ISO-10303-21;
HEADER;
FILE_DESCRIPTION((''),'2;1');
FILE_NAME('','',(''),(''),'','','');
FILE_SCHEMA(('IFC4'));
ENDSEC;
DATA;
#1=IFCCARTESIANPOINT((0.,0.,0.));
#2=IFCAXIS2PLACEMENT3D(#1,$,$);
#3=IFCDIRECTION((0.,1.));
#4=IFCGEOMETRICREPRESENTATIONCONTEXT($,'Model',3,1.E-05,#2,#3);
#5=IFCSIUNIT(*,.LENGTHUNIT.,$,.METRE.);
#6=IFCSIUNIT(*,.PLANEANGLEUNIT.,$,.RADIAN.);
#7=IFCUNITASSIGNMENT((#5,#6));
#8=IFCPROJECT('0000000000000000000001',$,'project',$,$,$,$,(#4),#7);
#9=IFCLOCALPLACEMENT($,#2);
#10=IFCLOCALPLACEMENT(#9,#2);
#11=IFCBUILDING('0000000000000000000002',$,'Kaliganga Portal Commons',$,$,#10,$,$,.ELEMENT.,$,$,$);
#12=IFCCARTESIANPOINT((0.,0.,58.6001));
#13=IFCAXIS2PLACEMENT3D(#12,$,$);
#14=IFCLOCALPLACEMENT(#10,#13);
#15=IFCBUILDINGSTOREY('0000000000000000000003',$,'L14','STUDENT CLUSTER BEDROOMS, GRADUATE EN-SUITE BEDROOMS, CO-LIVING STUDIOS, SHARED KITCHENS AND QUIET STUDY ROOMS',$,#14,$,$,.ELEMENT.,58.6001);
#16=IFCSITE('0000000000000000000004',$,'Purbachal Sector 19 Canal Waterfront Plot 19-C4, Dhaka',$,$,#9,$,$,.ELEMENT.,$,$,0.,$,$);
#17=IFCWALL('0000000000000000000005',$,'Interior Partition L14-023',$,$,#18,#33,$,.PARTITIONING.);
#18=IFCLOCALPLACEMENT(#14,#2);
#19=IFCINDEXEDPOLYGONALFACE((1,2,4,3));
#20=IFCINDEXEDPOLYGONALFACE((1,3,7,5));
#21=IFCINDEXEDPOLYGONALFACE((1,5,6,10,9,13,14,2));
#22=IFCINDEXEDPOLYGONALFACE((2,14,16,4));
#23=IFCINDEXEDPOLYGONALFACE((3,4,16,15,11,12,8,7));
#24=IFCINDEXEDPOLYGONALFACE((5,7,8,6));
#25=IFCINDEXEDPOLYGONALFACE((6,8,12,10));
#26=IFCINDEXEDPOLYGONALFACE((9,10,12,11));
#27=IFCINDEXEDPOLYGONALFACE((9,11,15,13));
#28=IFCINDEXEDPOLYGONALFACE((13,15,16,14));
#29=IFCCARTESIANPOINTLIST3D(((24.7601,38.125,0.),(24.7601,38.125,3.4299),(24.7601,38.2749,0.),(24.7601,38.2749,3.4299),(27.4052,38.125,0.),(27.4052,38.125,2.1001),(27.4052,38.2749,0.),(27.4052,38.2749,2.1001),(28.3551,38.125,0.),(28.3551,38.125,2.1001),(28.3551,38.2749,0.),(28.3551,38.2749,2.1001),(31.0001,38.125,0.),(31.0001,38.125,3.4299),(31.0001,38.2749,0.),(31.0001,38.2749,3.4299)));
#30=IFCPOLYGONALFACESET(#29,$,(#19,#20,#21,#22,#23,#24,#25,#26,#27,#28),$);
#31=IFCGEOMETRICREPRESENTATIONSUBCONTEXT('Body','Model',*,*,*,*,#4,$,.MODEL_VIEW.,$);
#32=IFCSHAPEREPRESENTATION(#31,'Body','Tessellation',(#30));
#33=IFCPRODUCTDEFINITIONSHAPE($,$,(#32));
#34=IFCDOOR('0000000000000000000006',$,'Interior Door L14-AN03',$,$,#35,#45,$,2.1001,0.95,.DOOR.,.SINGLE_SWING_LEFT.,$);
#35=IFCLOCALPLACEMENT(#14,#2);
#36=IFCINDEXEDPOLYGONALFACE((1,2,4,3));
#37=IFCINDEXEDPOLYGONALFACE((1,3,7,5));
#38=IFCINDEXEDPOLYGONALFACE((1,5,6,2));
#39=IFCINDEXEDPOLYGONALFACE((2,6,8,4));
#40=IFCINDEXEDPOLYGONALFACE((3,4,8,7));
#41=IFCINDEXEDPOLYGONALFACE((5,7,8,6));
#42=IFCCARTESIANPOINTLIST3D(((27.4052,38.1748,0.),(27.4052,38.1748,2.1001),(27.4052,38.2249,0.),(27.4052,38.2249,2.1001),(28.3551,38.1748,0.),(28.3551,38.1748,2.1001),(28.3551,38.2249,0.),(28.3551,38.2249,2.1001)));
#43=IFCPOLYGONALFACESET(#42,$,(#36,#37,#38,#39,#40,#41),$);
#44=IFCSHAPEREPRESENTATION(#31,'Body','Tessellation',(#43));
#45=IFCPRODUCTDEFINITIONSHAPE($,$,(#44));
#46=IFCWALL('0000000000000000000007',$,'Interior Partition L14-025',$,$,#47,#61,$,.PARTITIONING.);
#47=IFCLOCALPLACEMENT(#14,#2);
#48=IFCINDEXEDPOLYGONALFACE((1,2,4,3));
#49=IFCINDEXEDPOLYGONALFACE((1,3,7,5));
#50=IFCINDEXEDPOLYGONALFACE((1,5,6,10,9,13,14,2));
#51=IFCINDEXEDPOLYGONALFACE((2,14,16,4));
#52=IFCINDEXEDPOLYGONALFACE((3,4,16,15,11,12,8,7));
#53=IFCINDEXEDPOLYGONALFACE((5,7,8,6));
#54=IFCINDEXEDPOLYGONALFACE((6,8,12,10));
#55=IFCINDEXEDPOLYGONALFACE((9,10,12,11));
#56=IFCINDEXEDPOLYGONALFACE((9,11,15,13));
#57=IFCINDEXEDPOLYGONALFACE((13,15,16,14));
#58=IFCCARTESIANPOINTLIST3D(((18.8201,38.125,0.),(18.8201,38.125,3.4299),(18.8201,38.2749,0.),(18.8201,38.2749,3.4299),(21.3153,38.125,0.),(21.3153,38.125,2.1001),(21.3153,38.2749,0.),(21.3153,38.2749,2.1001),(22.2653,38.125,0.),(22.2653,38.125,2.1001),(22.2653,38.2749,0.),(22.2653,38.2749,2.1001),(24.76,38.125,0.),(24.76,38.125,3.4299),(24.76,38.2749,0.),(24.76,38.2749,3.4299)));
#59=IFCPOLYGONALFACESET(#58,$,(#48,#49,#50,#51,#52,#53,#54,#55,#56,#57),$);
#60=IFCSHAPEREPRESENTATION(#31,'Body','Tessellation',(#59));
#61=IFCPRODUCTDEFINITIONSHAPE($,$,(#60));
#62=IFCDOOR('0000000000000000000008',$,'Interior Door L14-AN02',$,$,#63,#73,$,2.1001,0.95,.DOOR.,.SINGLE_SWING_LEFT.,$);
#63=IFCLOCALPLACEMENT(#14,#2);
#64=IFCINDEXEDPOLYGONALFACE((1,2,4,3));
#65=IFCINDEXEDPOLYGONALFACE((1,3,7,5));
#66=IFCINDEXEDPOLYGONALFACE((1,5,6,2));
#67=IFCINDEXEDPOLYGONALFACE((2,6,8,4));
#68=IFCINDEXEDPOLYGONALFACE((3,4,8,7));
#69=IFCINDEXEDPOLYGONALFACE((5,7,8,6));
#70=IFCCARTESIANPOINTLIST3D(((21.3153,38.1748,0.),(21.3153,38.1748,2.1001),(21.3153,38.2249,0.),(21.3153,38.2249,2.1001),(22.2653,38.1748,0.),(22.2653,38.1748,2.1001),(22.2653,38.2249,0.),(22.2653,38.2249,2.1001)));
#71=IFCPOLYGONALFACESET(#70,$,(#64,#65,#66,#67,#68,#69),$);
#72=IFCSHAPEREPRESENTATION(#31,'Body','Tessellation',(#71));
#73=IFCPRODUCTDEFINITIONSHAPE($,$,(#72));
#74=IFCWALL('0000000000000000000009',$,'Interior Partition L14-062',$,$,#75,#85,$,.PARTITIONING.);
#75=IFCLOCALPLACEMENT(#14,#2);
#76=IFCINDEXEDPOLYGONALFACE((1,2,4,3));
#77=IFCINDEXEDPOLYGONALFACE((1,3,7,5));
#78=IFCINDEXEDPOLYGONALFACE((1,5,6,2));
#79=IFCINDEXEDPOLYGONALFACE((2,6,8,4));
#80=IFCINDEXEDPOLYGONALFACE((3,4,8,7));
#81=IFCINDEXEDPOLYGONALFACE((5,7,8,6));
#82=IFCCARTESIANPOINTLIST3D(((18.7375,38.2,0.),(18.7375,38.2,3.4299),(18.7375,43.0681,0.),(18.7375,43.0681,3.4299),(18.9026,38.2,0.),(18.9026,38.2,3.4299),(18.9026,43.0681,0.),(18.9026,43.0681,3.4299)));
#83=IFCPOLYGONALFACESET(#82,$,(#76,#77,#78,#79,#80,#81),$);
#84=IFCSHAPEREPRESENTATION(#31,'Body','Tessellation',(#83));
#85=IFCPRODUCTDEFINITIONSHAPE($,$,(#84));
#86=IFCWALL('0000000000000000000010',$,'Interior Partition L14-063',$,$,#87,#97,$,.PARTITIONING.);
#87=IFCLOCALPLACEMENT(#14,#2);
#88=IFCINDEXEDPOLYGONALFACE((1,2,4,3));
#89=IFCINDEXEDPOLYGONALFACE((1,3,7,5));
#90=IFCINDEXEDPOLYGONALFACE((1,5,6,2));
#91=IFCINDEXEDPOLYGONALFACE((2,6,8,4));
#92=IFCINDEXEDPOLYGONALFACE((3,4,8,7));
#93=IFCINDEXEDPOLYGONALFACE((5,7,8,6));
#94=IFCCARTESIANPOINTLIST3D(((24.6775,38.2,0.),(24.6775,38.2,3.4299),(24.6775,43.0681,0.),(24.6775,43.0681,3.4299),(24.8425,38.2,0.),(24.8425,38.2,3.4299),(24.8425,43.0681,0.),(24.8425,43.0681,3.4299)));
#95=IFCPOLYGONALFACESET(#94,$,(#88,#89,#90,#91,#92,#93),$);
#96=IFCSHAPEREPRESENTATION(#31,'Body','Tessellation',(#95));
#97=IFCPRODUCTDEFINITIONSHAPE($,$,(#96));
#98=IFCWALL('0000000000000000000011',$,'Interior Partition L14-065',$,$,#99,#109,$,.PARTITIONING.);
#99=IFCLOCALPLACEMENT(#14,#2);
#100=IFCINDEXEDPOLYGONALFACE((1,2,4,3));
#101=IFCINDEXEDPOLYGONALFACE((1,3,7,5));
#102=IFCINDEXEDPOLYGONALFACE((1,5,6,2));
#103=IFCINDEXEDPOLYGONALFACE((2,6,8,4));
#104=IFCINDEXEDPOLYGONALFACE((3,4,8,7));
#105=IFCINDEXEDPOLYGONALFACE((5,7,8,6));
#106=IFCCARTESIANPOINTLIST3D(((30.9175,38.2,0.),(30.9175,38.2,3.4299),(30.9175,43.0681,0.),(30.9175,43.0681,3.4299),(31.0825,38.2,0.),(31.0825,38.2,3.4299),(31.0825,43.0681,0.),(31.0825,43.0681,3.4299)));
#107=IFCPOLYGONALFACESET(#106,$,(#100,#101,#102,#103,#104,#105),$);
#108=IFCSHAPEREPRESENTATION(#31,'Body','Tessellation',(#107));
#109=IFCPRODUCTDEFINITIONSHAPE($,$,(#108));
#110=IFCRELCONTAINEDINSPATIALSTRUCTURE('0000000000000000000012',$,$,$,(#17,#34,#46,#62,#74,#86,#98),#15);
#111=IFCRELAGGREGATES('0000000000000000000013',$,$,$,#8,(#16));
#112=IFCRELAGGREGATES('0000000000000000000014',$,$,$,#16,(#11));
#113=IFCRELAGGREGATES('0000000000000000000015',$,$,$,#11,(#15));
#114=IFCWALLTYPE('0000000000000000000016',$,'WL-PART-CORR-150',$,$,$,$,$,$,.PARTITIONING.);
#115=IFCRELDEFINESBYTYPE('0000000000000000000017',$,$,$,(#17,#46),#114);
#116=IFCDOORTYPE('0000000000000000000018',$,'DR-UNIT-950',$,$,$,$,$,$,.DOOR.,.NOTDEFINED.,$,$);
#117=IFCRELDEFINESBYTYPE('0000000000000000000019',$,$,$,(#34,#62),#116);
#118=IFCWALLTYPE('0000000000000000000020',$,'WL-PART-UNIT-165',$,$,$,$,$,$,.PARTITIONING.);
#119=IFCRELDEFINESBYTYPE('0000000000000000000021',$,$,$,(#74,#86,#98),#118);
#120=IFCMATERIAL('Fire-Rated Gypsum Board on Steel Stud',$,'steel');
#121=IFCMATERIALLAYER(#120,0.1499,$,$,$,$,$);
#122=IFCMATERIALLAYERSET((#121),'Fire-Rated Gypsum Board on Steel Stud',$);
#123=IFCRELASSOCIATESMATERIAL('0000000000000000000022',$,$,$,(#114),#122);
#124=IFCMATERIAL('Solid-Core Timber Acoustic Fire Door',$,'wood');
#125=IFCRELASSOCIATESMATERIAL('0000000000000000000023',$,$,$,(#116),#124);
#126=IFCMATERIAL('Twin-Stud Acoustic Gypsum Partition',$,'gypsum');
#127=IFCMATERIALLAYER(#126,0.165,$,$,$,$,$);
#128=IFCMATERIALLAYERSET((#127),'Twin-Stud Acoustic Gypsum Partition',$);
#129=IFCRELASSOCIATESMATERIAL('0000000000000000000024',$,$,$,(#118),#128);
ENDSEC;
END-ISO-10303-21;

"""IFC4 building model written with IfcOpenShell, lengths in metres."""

from ifc_helpers import new_model, si_unit, direction, frame, frame_2d, origin, place, context, subcontext, project, spatial, rectangle, extrude, material, layer, layer_set, type_object, element, fill, save


model = new_model("IFC4")

# Units and contexts
model_context = context("Model", 3, precision=1e-05, world=origin(), true_north=direction((0.0, 1.0)))
body_context = subcontext(model_context, "Body", "Model", "MODEL_VIEW")
ifc_project = project(units=[si_unit("LENGTHUNIT", "METRE"), si_unit("PLANEANGLEUNIT", "RADIAN")], contexts=[model_context])

# Site, building, storey
site_placement = place(None, origin())
site = spatial("IfcSite", under=ifc_project, at=site_placement, Name="Purbachal Sector 19 Canal Waterfront Plot 19-C4, Dhaka", CompositionType="ELEMENT", RefElevation=0.0)
building_placement = place(site_placement, origin())
building = spatial("IfcBuilding", under=site, at=building_placement, Name="Kaliganga Portal Commons", CompositionType="ELEMENT")
storey_placement = place(building_placement, frame((0.0, 0.0, 58.6001)))
storey = spatial("IfcBuildingStorey", under=building, at=storey_placement, Name="L14", Description="STUDENT CLUSTER BEDROOMS, GRADUATE EN-SUITE BEDROOMS, CO-LIVING STUDIOS, SHARED KITCHENS AND QUIET STUDY ROOMS", CompositionType="ELEMENT", Elevation=58.6001)

# Walls, openings, doors
ifc_material_1 = material(Name="Fire-Rated Gypsum Board on Steel Stud", Category="steel")
ifc_layer_1 = layer(ifc_material_1, 0.1499)
ifc_layer_set_1 = layer_set([ifc_layer_1], Name="Fire-Rated Gypsum Board on Steel Stud")
wall_type_1 = type_object("IfcWallType", Name="WL-PART-CORR-150", PredefinedType="PARTITIONING", material=ifc_layer_set_1)
wall_1_placement = place(storey_placement, frame((24.76, 38.2, 0.0), z_axis=(0.0, 0.0, 1.0), x_axis=(1.0, 0.0, 0.0)))
wall_1 = element("IfcWall", 1, at=wall_1_placement, inside=storey, type_object=wall_type_1, Name="Interior Partition L14-023", PredefinedType="PARTITIONING", context=body_context, shape_type="SweptSolid", body=[
    extrude(rectangle(XDim=6.24, YDim=0.1499, at=frame_2d((3.1201, 0.0))), origin(), (0.0, 0.0, 1.0), 3.4299),
])
opening_1_placement = place(wall_1_placement, frame((2.645, 0.0, 0.0)))
opening_1 = element("IfcOpeningElement", 2, at=opening_1_placement, cuts=wall_1, PredefinedType="OPENING", context=body_context, shape_type="SweptSolid", body=[
    extrude(rectangle(XDim=0.95, YDim=2.1001, at=frame_2d((0.4751, 1.05))), frame((0.0, 0.085, 0.0), z_axis=(0.0, -1.0, 0.0), x_axis=(1.0, 0.0, 0.0)), (0.0, 0.0, 1.0), 0.1699),
])
ifc_material_2 = material(Name="Solid-Core Timber Acoustic Fire Door", Category="wood")
door_type_1 = type_object("IfcDoorType", Name="DR-UNIT-950", OperationType="NOTDEFINED", PredefinedType="DOOR", material=ifc_material_2)
door_1_placement = place(opening_1_placement, origin())
door_1 = element("IfcDoor", 3, at=door_1_placement, inside=storey, type_object=door_type_1, Name="Interior Door L14-AN03", OperationType="SINGLE_SWING_LEFT", OverallHeight=2.1001, OverallWidth=0.95, PredefinedType="DOOR", context=body_context, shape_type="SweptSolid", body=[
    extrude(rectangle(XDim=0.95, YDim=2.1001, at=frame_2d((0.4751, 1.05))), frame((0.0, 0.0249, 0.0), z_axis=(0.0, -1.0, 0.0), x_axis=(1.0, 0.0, 0.0)), (0.0, 0.0, 1.0), 0.05),
])
fill(opening_1, door_1)
wall_2_placement = place(storey_placement, frame((18.8201, 38.2, 0.0), z_axis=(0.0, 0.0, 1.0), x_axis=(1.0, 0.0, 0.0)))
wall_2 = element("IfcWall", 4, at=wall_2_placement, inside=storey, type_object=wall_type_1, Name="Interior Partition L14-025", PredefinedType="PARTITIONING", context=body_context, shape_type="SweptSolid", body=[
    extrude(rectangle(XDim=5.9399, YDim=0.1499, at=frame_2d((2.97, 0.0))), origin(), (0.0, 0.0, 1.0), 3.4299),
])
opening_2_placement = place(wall_2_placement, frame((2.4951, 0.0, 0.0)))
opening_2 = element("IfcOpeningElement", 5, at=opening_2_placement, cuts=wall_2, PredefinedType="OPENING", context=body_context, shape_type="SweptSolid", body=[
    extrude(rectangle(XDim=0.95, YDim=2.1001, at=frame_2d((0.4751, 1.05))), frame((0.0, 0.085, 0.0), z_axis=(0.0, -1.0, 0.0), x_axis=(1.0, 0.0, 0.0)), (0.0, 0.0, 1.0), 0.1699),
])
door_2_placement = place(opening_2_placement, origin())
door_2 = element("IfcDoor", 6, at=door_2_placement, inside=storey, type_object=door_type_1, Name="Interior Door L14-AN02", OperationType="SINGLE_SWING_LEFT", OverallHeight=2.1001, OverallWidth=0.95, PredefinedType="DOOR", context=body_context, shape_type="SweptSolid", body=[
    extrude(rectangle(XDim=0.95, YDim=2.1001, at=frame_2d((0.4751, 1.05))), frame((0.0, 0.0249, 0.0), z_axis=(0.0, -1.0, 0.0), x_axis=(1.0, 0.0, 0.0)), (0.0, 0.0, 1.0), 0.05),
])
fill(opening_2, door_2)

# Walls
ifc_material_3 = material(Name="Twin-Stud Acoustic Gypsum Partition", Category="gypsum")
ifc_layer_2 = layer(ifc_material_3, 0.165)
ifc_layer_set_2 = layer_set([ifc_layer_2], Name="Twin-Stud Acoustic Gypsum Partition")
wall_type_2 = type_object("IfcWallType", Name="WL-PART-UNIT-165", PredefinedType="PARTITIONING", material=ifc_layer_set_2)
for number, where, z_axis, x_axis, name in (
    (7, (18.8201, 38.2, 0.0), (0.0, 0.0, 1.0), (0.0, 1.0, 0.0), "Interior Partition L14-062"),
    (8, (24.76, 38.2, 0.0), (0.0, 0.0, 1.0), (0.0, 1.0, 0.0), "Interior Partition L14-063"),
    (9, (31.0, 38.2, 0.0), (0.0, 0.0, 1.0), (0.0, 1.0, 0.0), "Interior Partition L14-065"),
):
    element("IfcWall", number, at=place(storey_placement, frame(where, z_axis=z_axis, x_axis=x_axis)), inside=storey, type_object=wall_type_2, Name=name, PredefinedType="PARTITIONING", context=body_context, shape_type="SweptSolid", body=[
        extrude(rectangle(XDim=4.8682, YDim=0.165, at=frame_2d((2.4341, 0.0))), origin(), (0.0, 0.0, 1.0), 3.4299),
    ])

save(model, "model.ifc")
